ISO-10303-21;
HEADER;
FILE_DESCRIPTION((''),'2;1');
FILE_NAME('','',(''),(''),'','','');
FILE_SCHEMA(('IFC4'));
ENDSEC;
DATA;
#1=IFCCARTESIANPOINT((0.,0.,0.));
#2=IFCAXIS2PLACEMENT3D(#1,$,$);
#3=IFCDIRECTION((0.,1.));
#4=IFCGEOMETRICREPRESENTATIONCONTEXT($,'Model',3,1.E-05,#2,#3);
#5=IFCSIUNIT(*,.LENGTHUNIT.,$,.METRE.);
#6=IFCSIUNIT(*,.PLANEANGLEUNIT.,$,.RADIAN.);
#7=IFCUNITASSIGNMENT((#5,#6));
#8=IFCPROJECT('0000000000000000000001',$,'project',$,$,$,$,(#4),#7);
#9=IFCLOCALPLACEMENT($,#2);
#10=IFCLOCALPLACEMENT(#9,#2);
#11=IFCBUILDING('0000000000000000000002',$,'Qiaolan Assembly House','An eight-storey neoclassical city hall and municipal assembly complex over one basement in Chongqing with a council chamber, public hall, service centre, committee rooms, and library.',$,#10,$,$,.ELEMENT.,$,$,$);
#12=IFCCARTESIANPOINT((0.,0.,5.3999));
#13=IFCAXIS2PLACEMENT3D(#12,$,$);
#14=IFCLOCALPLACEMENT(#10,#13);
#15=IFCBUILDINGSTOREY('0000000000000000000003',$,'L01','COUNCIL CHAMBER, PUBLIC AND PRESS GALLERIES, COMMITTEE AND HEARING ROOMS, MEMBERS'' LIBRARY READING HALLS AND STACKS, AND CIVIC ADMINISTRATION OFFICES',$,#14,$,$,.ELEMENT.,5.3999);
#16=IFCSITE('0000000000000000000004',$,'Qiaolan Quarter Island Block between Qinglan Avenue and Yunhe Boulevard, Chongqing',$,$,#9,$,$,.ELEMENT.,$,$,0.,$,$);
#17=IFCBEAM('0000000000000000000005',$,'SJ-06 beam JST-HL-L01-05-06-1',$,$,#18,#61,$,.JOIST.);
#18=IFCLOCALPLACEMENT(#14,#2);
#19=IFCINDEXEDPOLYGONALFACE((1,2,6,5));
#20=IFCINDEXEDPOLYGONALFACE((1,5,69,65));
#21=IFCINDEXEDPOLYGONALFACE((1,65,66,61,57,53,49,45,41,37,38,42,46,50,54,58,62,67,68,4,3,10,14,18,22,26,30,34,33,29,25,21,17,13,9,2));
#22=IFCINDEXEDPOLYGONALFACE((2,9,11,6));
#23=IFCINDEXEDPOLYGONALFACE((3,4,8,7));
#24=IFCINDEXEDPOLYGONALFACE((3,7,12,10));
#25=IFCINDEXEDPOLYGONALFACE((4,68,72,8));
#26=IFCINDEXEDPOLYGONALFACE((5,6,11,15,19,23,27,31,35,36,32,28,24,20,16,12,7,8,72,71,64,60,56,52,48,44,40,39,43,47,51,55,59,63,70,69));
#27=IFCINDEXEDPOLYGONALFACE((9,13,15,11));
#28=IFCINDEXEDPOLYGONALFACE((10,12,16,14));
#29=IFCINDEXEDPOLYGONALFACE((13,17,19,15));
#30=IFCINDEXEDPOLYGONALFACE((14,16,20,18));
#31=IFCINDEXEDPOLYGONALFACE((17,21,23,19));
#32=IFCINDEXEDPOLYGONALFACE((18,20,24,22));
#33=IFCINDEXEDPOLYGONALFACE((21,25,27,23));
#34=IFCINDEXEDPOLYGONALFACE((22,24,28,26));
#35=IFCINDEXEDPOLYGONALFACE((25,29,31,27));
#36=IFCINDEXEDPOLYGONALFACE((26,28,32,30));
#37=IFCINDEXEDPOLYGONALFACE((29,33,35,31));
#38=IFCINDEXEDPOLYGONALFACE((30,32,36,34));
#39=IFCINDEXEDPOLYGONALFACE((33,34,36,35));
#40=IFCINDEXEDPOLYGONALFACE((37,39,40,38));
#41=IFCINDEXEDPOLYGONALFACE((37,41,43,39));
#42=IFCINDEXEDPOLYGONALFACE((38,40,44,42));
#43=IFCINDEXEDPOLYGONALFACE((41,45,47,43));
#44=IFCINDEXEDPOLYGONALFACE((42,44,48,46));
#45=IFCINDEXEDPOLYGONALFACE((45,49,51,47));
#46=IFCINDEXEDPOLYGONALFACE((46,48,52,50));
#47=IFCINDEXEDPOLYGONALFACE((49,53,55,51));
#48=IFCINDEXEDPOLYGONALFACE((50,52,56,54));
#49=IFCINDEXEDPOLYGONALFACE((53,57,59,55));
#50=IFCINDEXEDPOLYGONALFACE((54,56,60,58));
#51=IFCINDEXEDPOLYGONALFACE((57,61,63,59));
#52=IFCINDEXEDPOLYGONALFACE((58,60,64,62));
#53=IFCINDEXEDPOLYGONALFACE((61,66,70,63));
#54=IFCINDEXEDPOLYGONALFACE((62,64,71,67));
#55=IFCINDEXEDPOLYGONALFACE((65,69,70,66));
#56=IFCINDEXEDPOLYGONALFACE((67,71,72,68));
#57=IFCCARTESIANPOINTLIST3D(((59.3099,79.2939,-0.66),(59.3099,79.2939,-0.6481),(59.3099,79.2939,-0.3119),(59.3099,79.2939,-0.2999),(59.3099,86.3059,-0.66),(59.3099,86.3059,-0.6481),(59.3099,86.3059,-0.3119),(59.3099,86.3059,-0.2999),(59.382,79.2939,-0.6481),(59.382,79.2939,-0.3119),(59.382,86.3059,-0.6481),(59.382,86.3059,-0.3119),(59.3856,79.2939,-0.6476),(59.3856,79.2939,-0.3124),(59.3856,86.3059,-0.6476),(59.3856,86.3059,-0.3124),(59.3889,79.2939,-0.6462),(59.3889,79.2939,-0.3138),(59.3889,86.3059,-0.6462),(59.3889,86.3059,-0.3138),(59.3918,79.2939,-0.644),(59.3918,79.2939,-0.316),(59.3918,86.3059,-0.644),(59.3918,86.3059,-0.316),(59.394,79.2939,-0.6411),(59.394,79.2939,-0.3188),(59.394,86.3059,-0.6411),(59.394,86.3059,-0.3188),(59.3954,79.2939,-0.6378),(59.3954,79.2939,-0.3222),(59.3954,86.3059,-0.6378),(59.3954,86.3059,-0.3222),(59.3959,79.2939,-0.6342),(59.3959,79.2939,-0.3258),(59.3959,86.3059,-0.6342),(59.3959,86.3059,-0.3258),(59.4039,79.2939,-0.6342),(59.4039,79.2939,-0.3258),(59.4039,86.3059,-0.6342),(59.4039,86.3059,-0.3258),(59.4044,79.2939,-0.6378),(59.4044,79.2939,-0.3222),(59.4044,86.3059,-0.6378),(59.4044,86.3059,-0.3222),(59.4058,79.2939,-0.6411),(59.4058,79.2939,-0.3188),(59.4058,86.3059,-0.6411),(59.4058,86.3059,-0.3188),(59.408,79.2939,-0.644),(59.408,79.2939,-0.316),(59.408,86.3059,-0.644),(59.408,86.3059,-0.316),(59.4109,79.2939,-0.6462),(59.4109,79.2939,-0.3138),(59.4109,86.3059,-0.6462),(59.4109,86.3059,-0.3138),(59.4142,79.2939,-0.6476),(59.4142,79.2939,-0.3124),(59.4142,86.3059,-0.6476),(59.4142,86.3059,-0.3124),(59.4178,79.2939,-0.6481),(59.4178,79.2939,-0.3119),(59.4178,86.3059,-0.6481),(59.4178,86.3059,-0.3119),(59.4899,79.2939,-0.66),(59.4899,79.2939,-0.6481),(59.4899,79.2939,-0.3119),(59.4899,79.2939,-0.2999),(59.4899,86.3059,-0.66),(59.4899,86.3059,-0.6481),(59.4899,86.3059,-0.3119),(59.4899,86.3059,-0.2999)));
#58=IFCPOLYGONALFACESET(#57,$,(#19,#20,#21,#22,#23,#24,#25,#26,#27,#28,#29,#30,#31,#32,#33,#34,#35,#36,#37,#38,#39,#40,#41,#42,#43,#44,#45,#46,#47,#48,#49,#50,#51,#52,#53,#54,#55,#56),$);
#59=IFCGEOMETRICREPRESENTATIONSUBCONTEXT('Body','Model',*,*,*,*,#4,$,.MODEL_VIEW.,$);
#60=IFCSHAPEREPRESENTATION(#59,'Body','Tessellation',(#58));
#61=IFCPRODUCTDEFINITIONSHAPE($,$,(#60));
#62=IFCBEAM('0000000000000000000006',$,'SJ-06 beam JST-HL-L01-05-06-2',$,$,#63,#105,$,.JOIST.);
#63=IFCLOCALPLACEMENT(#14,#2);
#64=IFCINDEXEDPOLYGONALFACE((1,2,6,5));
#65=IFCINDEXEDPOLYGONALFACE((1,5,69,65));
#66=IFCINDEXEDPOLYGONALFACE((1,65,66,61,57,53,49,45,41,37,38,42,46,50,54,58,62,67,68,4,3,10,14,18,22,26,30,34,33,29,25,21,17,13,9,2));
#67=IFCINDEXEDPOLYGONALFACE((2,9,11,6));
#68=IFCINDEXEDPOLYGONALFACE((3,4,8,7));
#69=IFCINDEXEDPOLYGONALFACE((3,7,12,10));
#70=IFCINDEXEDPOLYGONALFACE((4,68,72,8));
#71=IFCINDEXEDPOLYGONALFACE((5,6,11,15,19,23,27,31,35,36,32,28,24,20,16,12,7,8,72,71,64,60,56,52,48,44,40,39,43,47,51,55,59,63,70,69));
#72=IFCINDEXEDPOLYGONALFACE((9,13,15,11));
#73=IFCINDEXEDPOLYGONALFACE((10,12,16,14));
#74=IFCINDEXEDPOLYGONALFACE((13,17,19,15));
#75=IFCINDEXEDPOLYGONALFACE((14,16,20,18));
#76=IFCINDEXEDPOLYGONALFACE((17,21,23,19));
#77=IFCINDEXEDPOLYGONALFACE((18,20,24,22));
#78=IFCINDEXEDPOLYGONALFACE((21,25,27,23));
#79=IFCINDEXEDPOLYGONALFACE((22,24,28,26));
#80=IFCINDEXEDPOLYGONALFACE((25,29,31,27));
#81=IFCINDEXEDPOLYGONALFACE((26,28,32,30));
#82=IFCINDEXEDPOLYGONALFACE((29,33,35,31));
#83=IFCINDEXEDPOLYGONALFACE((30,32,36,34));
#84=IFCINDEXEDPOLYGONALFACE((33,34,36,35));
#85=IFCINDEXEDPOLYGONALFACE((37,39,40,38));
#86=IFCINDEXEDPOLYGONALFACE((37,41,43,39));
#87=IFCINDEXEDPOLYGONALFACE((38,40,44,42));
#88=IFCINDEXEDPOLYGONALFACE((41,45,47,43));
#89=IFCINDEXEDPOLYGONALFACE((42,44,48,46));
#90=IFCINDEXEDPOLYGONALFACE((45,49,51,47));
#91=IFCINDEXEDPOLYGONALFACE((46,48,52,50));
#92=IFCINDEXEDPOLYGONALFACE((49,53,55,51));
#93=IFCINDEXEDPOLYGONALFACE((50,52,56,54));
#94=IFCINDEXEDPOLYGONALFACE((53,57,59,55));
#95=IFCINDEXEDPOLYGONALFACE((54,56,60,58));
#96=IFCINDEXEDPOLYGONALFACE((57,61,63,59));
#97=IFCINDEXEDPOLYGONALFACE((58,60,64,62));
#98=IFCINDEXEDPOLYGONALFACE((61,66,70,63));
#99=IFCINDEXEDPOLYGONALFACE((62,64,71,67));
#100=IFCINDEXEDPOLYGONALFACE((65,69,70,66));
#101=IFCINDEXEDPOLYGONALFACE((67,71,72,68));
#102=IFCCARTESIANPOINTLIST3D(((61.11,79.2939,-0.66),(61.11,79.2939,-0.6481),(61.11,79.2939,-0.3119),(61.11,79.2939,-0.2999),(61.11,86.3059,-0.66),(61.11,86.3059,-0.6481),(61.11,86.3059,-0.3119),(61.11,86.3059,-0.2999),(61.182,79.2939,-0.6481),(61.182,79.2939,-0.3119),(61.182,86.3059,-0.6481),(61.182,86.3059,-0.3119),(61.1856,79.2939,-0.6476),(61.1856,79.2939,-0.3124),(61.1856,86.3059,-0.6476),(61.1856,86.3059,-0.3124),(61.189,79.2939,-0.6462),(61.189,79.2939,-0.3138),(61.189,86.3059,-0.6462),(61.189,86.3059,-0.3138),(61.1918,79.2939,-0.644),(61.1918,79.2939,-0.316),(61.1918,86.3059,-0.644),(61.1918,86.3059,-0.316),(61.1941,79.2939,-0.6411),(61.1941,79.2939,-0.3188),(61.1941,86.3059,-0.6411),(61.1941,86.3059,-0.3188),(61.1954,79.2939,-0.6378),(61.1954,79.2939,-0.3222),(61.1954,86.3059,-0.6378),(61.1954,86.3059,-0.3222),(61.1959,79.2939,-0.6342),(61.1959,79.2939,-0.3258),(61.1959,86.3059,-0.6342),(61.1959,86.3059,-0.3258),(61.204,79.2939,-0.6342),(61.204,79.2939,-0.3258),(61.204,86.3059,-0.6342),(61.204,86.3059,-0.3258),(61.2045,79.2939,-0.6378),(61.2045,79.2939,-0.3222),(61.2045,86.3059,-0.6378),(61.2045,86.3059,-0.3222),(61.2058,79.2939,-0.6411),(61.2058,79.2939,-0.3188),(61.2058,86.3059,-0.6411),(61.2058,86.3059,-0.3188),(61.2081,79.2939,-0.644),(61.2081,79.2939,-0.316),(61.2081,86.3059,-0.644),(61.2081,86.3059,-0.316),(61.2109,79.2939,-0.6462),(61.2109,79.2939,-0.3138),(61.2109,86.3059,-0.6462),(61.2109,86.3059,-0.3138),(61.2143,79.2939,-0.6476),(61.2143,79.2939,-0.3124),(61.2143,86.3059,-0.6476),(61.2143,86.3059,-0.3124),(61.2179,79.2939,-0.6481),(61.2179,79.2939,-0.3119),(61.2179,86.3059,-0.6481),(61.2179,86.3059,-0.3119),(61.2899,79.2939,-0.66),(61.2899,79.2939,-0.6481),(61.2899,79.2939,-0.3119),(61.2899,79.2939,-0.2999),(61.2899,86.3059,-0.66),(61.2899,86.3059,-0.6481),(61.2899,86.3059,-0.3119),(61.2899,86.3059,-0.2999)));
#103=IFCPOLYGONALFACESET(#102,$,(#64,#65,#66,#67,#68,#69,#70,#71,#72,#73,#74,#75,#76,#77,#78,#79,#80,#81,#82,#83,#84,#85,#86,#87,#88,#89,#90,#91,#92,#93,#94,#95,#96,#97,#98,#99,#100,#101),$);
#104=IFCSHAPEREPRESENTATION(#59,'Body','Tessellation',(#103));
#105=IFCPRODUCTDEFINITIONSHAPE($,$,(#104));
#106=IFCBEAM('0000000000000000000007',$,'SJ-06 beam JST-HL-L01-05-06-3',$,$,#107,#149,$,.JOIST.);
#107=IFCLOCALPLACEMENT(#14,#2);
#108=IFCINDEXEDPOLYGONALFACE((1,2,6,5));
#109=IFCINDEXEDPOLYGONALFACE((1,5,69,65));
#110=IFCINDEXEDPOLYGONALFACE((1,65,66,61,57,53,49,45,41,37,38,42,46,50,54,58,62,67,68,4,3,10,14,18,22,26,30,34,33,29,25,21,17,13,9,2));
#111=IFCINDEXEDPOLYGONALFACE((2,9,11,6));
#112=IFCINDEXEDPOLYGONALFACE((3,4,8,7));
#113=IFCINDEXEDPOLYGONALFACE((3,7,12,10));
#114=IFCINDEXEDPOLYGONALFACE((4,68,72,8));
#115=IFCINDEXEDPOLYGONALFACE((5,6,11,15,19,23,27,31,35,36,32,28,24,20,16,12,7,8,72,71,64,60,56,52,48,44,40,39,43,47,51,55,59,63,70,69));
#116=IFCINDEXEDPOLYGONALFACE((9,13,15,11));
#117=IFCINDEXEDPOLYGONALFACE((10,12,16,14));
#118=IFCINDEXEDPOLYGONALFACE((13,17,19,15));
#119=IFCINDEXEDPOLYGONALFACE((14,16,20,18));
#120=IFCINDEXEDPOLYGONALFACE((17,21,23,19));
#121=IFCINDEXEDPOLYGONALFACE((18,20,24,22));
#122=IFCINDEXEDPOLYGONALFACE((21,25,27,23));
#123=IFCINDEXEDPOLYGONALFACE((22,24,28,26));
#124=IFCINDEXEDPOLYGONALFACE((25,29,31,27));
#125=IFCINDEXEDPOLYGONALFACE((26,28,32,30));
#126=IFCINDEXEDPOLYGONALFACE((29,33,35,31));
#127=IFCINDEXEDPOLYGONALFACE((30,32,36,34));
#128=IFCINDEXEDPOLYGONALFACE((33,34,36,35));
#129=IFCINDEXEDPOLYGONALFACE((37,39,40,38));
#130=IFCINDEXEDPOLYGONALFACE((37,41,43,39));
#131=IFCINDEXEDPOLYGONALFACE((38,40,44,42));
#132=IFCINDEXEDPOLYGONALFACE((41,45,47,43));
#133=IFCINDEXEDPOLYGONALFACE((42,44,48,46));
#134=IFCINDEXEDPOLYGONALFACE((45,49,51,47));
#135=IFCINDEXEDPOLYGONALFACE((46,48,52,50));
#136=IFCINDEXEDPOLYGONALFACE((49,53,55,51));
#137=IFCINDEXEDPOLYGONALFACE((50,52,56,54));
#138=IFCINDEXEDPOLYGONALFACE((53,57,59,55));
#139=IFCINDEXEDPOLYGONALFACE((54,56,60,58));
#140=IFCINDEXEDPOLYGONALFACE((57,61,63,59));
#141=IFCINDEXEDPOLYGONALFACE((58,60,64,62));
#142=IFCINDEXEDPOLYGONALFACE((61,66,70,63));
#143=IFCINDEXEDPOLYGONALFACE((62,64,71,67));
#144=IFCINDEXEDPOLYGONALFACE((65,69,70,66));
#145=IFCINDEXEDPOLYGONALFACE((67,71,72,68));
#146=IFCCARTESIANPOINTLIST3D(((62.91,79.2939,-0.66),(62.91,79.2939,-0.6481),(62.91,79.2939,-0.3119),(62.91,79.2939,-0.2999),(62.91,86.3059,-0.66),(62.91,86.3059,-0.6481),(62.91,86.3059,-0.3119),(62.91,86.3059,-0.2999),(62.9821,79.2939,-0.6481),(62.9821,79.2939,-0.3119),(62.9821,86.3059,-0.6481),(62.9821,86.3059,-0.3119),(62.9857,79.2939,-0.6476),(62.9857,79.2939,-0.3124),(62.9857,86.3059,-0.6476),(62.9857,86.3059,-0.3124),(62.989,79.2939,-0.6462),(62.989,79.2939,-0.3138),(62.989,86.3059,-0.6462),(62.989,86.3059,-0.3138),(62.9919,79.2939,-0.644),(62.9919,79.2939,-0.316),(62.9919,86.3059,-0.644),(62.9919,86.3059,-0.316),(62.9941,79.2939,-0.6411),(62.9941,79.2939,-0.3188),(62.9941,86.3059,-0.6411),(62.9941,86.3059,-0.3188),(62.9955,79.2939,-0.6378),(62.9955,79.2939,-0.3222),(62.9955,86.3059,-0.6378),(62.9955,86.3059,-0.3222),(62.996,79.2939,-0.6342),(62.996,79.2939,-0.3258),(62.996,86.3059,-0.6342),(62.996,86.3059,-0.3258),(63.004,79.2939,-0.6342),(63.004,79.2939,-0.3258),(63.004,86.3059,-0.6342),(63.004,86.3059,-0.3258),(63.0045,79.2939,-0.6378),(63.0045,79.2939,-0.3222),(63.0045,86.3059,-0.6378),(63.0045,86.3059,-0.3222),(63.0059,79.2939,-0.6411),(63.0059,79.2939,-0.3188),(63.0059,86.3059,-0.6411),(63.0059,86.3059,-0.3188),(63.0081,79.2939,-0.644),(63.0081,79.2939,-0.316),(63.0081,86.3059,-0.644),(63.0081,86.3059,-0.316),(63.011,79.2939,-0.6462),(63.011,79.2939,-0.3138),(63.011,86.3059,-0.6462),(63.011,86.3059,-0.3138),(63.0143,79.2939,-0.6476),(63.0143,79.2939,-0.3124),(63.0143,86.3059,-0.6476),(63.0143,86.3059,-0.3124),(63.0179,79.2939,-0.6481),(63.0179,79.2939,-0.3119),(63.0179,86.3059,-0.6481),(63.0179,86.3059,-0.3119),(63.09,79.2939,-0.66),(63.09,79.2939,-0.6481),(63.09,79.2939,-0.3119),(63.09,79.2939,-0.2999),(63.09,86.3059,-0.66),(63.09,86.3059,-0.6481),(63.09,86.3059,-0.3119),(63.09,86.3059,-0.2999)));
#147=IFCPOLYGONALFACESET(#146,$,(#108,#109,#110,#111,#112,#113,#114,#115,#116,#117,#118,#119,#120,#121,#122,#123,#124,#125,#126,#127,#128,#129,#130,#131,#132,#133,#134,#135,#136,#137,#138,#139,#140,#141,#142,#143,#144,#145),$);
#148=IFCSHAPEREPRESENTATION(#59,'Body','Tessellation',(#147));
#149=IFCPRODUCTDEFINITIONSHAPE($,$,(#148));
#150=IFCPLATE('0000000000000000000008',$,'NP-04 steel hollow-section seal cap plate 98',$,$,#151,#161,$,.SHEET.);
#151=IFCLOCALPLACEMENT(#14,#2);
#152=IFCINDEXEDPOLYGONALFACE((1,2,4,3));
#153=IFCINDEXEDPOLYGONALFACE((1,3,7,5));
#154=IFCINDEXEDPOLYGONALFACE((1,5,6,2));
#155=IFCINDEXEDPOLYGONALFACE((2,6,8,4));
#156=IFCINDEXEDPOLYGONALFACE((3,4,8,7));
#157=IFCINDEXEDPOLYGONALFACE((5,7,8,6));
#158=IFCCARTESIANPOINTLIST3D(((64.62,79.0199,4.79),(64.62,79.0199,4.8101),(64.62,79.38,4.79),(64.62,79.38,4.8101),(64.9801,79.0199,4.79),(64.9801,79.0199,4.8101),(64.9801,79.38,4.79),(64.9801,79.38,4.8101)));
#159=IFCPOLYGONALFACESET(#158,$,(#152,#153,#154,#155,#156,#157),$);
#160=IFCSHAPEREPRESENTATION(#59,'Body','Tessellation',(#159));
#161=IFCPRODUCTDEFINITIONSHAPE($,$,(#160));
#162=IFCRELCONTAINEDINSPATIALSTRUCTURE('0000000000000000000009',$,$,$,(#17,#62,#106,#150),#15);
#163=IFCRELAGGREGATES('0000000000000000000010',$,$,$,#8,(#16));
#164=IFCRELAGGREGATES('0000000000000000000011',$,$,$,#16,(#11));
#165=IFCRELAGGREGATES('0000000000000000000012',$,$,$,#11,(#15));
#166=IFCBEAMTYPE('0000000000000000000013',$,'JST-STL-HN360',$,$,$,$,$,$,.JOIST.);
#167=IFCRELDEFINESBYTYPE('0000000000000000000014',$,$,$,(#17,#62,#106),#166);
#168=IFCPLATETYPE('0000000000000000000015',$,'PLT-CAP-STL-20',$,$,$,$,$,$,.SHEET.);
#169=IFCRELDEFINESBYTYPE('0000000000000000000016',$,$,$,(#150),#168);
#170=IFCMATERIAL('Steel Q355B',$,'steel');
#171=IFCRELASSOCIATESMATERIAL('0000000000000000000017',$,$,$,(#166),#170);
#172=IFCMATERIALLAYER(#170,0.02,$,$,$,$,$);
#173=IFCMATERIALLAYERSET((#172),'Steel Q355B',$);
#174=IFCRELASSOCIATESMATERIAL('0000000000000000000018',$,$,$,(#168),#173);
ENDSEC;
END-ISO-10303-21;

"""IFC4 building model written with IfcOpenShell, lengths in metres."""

from ifc_helpers import new_model, si_unit, direction, frame, origin, origin_2d, place, context, subcontext, project, spatial, rectangle, i_section, extrude, material, layer, layer_set, material_profile, profile_set, type_object, element, save


model = new_model("IFC4")

# Units and contexts
model_context = context("Model", 3, precision=1e-05, world=origin(), true_north=direction((0.0, 1.0)))
body_context = subcontext(model_context, "Body", "Model", "MODEL_VIEW")
ifc_project = project(units=[si_unit("LENGTHUNIT", "METRE"), si_unit("PLANEANGLEUNIT", "RADIAN")], contexts=[model_context])

# Site, building, storey
site_placement = place(None, origin())
site = spatial("IfcSite", under=ifc_project, at=site_placement, Name="Qiaolan Quarter Island Block between Qinglan Avenue and Yunhe Boulevard, Chongqing", CompositionType="ELEMENT", RefElevation=0.0)
building_placement = place(site_placement, origin())
building = spatial("IfcBuilding", under=site, at=building_placement, Name="Qiaolan Assembly House", Description="An eight-storey neoclassical city hall and municipal assembly complex over one basement in Chongqing with a council chamber, public hall, service centre, committee rooms, and library.", CompositionType="ELEMENT")
storey_placement = place(building_placement, frame((0.0, 0.0, 5.3999)))
storey = spatial("IfcBuildingStorey", under=building, at=storey_placement, Name="L01", Description="COUNCIL CHAMBER, PUBLIC AND PRESS GALLERIES, COMMITTEE AND HEARING ROOMS, MEMBERS' LIBRARY READING HALLS AND STACKS, AND CIVIC ADMINISTRATION OFFICES", CompositionType="ELEMENT", Elevation=5.3999)

# Beams
ifc_material_1 = material(Name="Steel Q355B", Category="steel")
ifc_material_profile_1 = material_profile(ifc_material_1, i_section(OverallWidth=0.1799, OverallDepth=0.3601, WebThickness=0.0081, FlangeThickness=0.012, FilletRadius=0.0139, at=origin_2d()), Name="HN 360x180x8x12")
ifc_profile_set_1 = profile_set([ifc_material_profile_1], Name="Steel Q355B")
beam_type_1 = type_object("IfcBeamType", Name="JST-STL-HN360", PredefinedType="JOIST", material=ifc_profile_set_1)
for number, where, z_axis, x_axis, name in (
    (1, (59.3999, 79.2939, -0.48), (0.0, 1.0, 0.0), (-1.0, 0.0, 0.0), "SJ-06 beam JST-HL-L01-05-06-1"),
    (2, (61.2, 79.2939, -0.48), (0.0, 1.0, 0.0), (-1.0, 0.0, 0.0), "SJ-06 beam JST-HL-L01-05-06-2"),
    (3, (63.0, 79.2939, -0.48), (0.0, 1.0, 0.0), (-1.0, 0.0, 0.0), "SJ-06 beam JST-HL-L01-05-06-3"),
):
    element("IfcBeam", number, at=place(storey_placement, frame(where, z_axis=z_axis, x_axis=x_axis)), inside=storey, type_object=beam_type_1, Name=name, PredefinedType="JOIST", context=body_context, shape_type="SweptSolid", body=[
        extrude(i_section(OverallWidth=0.1799, OverallDepth=0.3601, WebThickness=0.0081, FlangeThickness=0.012, FilletRadius=0.0139, at=origin_2d()), origin(), (0.0, 0.0, 1.0), 7.012),
    ])

# Plate
ifc_layer = layer(ifc_material_1, 0.02)
ifc_layer_set = layer_set([ifc_layer], Name="Steel Q355B")
plate_type = type_object("IfcPlateType", Name="PLT-CAP-STL-20", PredefinedType="SHEET", material=ifc_layer_set)
plate_placement = place(storey_placement, frame((64.8, 79.2, 4.79), z_axis=(0.0, 0.0, 1.0), x_axis=(1.0, 0.0, 0.0)))
element("IfcPlate", 4, at=plate_placement, inside=storey, type_object=plate_type, Name="NP-04 steel hollow-section seal cap plate 98", PredefinedType="SHEET", context=body_context, shape_type="SweptSolid", body=[
    extrude(rectangle(XDim=0.3601, YDim=0.3601, at=origin_2d()), origin(), (0.0, 0.0, 1.0), 0.02),
])

save(model, "model.ifc")
